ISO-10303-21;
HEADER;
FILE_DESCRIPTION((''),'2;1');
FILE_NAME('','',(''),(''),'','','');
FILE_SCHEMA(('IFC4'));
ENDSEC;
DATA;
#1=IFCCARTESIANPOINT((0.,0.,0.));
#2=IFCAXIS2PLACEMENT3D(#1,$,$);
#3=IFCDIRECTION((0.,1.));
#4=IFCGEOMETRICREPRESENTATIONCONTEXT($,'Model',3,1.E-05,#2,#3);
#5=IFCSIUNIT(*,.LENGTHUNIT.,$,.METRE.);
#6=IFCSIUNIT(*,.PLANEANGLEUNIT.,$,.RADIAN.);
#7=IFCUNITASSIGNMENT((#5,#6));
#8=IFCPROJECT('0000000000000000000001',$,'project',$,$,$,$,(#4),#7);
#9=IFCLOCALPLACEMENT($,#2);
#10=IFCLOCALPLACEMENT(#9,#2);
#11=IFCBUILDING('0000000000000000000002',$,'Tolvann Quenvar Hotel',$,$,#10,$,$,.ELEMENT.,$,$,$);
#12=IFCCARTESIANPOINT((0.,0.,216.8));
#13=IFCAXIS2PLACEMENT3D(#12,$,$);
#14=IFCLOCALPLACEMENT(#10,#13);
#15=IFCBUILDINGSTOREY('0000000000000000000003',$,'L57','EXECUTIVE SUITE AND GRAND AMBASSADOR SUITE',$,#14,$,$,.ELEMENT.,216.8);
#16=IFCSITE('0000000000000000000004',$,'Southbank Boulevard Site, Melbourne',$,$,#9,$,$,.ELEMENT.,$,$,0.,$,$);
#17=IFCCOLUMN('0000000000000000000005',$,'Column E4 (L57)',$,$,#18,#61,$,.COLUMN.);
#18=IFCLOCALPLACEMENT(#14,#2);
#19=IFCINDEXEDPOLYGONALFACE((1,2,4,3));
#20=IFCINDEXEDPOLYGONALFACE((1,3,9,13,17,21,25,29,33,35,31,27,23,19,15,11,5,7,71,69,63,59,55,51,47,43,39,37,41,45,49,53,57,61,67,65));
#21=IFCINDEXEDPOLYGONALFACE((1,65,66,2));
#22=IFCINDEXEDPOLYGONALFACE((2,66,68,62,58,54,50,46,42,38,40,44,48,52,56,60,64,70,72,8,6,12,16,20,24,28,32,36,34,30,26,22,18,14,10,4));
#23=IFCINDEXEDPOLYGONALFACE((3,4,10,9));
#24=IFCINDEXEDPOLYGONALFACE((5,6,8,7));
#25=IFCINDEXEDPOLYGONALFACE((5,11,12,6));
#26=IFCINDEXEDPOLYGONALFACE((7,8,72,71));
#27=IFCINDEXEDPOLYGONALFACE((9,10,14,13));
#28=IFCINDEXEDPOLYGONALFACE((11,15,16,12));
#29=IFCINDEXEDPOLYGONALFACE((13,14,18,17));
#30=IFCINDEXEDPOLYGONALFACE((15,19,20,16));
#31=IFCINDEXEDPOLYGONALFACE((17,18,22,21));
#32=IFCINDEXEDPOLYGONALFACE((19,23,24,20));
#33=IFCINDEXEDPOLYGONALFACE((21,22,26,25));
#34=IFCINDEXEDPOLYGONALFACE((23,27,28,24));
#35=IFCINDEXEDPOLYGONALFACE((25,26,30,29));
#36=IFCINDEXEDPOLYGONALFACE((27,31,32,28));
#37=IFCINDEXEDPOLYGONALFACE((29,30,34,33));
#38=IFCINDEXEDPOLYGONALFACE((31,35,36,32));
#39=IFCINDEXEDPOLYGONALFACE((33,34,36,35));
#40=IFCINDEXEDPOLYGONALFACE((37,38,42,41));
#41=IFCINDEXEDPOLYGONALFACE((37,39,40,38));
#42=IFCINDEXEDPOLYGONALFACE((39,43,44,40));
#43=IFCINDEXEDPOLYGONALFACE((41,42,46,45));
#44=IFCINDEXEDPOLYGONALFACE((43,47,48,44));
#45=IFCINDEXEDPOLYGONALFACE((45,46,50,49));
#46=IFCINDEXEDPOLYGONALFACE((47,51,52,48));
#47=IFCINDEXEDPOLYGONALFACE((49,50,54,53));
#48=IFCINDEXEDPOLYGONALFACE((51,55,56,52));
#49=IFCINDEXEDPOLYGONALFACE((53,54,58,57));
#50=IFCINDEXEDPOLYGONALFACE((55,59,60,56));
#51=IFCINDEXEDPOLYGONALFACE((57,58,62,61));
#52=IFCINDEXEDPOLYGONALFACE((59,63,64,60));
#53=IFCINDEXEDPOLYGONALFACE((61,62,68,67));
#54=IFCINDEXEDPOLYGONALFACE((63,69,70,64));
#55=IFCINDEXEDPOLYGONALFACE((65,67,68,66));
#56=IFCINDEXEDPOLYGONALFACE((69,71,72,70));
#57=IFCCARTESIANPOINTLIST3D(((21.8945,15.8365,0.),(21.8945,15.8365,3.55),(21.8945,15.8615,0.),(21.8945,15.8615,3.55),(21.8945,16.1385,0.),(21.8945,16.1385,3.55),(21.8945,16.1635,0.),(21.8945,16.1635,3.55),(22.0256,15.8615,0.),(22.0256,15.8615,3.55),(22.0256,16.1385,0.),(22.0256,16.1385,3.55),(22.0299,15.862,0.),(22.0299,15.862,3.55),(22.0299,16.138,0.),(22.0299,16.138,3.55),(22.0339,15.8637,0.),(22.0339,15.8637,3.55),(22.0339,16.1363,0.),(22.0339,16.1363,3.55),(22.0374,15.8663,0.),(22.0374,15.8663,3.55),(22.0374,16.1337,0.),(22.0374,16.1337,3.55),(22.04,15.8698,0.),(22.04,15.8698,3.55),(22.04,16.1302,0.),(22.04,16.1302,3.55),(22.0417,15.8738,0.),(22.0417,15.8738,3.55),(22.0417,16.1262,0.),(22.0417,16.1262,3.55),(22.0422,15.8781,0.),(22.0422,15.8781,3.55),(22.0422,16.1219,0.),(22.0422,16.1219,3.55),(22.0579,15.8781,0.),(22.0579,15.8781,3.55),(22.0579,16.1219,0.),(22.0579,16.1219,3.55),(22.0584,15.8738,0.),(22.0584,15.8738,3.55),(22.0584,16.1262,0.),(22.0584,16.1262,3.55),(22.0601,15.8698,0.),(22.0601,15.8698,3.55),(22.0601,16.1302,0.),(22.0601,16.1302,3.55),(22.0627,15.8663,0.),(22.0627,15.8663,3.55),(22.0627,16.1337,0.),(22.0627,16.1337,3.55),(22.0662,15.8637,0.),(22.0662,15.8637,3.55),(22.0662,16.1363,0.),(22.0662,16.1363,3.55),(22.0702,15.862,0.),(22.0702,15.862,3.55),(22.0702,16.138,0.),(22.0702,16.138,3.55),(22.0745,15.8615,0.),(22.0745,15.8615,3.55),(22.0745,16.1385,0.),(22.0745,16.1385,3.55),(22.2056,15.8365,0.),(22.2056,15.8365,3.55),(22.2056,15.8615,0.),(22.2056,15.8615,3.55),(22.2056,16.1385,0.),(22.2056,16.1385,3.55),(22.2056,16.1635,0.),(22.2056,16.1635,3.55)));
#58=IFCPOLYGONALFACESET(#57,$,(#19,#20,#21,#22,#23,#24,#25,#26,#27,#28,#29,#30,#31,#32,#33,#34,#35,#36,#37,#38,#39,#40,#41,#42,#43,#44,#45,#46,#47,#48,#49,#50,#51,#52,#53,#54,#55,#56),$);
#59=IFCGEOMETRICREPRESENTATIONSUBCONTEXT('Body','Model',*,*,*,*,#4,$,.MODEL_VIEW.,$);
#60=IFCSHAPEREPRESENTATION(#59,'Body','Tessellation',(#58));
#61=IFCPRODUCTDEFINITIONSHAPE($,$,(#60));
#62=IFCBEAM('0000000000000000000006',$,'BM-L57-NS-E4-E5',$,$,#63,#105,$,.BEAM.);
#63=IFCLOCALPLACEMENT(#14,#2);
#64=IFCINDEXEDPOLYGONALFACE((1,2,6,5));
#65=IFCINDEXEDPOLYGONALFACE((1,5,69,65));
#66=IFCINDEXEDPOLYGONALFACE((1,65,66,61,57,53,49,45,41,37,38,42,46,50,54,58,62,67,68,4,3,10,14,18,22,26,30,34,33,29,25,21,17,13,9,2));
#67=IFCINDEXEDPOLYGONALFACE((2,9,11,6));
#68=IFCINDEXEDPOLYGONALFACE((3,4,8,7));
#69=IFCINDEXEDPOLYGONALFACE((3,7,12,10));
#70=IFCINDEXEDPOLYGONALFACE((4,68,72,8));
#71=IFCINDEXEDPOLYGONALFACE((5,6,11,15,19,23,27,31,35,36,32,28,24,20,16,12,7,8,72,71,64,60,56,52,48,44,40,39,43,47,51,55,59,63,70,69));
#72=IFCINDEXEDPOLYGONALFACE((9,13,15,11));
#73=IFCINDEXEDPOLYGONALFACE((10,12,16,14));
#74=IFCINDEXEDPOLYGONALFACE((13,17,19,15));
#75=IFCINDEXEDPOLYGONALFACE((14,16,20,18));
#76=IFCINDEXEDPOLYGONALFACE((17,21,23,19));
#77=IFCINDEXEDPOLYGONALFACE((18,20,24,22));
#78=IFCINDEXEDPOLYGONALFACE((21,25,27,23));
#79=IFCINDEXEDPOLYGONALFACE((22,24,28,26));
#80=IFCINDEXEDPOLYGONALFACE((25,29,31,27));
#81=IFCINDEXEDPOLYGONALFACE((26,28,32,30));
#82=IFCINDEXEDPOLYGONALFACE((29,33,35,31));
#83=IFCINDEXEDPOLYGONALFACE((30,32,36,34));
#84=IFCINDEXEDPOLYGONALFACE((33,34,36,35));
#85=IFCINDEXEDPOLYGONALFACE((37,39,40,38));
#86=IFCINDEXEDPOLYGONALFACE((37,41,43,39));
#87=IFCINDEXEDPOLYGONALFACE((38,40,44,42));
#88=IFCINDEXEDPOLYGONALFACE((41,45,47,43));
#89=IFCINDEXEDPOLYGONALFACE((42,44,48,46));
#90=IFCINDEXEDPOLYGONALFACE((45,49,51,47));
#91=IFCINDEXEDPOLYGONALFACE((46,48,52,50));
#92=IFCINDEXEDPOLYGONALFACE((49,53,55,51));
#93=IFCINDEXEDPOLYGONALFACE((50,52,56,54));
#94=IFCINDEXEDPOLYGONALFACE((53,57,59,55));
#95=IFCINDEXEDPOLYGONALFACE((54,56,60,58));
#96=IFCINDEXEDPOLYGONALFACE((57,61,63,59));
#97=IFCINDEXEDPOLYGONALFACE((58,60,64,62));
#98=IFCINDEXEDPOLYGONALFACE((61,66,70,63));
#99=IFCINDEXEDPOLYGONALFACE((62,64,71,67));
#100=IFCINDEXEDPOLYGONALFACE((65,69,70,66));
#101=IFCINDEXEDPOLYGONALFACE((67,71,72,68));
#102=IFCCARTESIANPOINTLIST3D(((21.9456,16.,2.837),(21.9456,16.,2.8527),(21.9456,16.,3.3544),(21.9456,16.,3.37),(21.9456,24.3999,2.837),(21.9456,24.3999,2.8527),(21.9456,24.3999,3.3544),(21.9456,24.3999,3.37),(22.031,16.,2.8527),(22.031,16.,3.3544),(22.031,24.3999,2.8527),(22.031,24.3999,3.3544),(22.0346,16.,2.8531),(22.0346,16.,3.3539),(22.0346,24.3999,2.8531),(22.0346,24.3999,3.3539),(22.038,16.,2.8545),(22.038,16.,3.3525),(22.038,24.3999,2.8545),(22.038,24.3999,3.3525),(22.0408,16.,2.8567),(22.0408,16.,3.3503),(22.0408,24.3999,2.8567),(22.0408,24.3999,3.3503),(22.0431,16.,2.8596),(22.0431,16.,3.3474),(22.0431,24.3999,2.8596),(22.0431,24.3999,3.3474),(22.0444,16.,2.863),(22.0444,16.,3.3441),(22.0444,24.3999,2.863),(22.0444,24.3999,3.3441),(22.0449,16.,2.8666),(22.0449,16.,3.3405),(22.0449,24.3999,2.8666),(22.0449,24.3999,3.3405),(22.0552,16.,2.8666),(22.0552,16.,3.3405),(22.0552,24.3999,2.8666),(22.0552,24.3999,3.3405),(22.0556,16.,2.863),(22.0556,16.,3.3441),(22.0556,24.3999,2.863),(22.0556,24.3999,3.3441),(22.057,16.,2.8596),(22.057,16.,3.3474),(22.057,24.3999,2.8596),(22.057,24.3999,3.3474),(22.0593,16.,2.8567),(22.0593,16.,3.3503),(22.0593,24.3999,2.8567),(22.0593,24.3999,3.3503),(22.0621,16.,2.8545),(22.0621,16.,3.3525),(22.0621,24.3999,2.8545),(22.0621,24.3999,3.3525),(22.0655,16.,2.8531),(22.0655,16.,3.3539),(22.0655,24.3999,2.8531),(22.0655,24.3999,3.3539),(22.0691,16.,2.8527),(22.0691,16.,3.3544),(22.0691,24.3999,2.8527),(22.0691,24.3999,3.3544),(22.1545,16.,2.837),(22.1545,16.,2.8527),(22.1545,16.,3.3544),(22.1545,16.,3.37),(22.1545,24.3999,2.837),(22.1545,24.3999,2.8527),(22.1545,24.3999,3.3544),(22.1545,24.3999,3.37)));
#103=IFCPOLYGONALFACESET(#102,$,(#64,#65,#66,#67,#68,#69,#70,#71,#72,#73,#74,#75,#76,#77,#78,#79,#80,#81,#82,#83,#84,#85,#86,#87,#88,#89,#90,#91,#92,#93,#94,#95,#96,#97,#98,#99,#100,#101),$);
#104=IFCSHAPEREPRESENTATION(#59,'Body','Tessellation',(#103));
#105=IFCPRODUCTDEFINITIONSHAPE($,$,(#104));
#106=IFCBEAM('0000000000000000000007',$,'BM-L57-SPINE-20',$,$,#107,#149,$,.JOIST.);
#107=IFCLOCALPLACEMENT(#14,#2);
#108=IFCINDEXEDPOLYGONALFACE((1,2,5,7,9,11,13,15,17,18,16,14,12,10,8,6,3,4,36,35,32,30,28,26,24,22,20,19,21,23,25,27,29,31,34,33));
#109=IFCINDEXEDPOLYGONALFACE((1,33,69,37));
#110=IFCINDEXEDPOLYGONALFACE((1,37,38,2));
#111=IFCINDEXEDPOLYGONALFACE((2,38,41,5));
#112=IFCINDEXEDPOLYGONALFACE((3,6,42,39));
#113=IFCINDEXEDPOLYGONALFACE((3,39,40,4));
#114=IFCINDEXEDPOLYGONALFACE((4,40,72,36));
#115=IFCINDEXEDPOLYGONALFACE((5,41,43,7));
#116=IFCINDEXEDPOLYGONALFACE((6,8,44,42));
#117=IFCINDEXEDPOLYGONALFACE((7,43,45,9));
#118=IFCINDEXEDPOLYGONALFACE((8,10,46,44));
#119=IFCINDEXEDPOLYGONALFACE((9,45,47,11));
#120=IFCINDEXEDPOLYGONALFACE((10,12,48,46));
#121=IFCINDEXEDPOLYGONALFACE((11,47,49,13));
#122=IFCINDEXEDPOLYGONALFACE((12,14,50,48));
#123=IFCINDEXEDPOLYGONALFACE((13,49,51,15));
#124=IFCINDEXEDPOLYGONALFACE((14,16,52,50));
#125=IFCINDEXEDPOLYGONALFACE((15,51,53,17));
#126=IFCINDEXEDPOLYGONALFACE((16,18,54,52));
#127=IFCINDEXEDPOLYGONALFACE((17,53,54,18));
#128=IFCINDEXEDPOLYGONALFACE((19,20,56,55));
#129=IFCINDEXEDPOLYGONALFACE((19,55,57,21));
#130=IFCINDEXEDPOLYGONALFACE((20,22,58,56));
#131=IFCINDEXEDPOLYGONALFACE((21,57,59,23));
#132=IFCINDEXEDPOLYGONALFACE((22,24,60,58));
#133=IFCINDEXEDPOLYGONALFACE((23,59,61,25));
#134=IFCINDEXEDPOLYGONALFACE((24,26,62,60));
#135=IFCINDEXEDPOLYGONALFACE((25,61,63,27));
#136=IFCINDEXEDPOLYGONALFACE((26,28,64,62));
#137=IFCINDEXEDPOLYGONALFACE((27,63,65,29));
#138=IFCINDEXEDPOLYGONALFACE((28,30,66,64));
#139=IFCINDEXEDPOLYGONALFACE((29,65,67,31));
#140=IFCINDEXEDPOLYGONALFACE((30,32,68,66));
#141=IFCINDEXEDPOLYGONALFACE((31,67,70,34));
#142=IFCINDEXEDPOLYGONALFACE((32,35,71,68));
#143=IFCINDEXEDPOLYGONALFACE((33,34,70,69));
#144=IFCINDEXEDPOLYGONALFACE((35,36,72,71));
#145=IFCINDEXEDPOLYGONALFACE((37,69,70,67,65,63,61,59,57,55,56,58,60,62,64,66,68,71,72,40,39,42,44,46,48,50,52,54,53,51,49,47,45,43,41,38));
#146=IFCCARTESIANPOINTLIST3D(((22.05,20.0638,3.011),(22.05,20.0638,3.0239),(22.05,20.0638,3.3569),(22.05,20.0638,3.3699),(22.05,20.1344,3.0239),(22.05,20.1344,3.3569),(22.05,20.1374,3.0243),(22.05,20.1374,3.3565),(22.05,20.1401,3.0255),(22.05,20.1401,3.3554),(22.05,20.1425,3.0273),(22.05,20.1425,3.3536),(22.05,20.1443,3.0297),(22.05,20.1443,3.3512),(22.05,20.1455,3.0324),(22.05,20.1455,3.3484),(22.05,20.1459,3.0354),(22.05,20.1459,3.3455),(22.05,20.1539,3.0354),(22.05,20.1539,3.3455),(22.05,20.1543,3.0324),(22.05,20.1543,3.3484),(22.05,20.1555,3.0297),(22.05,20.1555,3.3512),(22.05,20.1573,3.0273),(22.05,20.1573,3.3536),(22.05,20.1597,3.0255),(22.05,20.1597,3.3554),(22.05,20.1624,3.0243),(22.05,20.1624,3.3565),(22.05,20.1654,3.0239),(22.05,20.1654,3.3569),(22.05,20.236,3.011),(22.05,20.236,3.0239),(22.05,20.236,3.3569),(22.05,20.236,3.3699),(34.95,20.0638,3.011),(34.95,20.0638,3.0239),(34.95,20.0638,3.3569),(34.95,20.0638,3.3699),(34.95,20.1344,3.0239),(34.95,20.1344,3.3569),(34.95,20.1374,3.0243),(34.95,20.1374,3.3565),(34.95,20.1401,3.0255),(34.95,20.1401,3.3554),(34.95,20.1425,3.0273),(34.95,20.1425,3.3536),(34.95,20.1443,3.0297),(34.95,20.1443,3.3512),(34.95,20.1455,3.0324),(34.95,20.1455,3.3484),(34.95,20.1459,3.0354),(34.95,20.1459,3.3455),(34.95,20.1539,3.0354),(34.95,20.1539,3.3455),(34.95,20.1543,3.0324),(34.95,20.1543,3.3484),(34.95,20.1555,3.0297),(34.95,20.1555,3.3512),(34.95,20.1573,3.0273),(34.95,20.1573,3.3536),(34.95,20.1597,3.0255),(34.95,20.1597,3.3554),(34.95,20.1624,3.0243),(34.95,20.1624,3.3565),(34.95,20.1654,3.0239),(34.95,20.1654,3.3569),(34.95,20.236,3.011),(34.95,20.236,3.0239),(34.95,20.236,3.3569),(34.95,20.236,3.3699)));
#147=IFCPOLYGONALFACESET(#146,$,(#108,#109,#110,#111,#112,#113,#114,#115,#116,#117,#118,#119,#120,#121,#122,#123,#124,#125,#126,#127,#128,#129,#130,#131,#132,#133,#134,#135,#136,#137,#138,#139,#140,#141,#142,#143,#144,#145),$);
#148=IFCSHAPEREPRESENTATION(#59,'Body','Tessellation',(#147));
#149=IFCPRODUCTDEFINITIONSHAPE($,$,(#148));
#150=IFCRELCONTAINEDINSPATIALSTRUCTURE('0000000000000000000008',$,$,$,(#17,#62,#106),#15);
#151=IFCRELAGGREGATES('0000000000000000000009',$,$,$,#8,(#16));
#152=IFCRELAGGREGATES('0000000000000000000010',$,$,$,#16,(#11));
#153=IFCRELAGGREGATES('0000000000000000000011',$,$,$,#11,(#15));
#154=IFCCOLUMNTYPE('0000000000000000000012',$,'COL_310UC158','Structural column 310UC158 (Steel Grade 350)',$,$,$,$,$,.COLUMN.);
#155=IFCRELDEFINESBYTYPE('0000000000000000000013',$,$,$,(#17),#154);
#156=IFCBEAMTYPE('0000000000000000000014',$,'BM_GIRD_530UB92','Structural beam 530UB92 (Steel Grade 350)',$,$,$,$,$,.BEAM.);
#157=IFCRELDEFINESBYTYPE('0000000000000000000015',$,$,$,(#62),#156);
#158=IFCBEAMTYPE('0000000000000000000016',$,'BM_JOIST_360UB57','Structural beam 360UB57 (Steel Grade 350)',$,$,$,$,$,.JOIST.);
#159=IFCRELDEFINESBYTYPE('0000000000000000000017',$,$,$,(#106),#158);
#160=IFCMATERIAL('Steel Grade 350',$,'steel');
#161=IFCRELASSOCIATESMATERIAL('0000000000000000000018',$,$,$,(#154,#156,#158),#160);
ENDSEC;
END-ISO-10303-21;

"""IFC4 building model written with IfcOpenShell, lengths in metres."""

from ifc_helpers import new_model, si_unit, direction, frame, origin, origin_2d, place, context, subcontext, project, spatial, i_section, extrude, source, transform, mapped, material, material_profile, profile_set, type_object, type_shapes, element, save


model = new_model("IFC4")

# Units and contexts
model_context = context("Model", 3, precision=1e-05, world=origin(), true_north=direction((0.0, 1.0)))
body_context = subcontext(model_context, "Body", "Model", "MODEL_VIEW")
ifc_project = project(units=[si_unit("LENGTHUNIT", "METRE"), si_unit("PLANEANGLEUNIT", "RADIAN")], contexts=[model_context])

# Site, building, storey
site_placement = place(None, origin())
site = spatial("IfcSite", under=ifc_project, at=site_placement, Name="Southbank Boulevard Site, Melbourne", CompositionType="ELEMENT", RefElevation=0.0)
building_placement = place(site_placement, origin())
building = spatial("IfcBuilding", under=site, at=building_placement, Name="Tolvann Quenvar Hotel", CompositionType="ELEMENT")
storey_placement = place(building_placement, frame((0.0, 0.0, 216.8)))
storey = spatial("IfcBuildingStorey", under=building, at=storey_placement, Name="L57", Description="EXECUTIVE SUITE AND GRAND AMBASSADOR SUITE", CompositionType="ELEMENT", Elevation=216.8)

# Column
ifc_material_1 = material(Name="Steel Grade 350", Category="steel")
ifc_material_profile_1 = material_profile(ifc_material_1, i_section(OverallWidth=0.311, OverallDepth=0.3269, WebThickness=0.0156, FlangeThickness=0.0249, FilletRadius=0.0166, at=origin_2d()), Name="310UC158")
ifc_profile_set_1 = profile_set([ifc_material_profile_1], Name="Steel Grade 350")
column_type = type_object("IfcColumnType", Name="COL_310UC158", Description="Structural column 310UC158 (Steel Grade 350)", PredefinedType="COLUMN", material=ifc_profile_set_1)
shared_shape_1 = source(origin(), body_context, "Body", "SweptSolid", [
    extrude(i_section(OverallWidth=0.311, OverallDepth=0.3269, WebThickness=0.0156, FlangeThickness=0.0249, FilletRadius=0.0166, at=origin_2d()), origin(), (0.0, 0.0, 1.0), 3.55),
])
type_shapes(column_type, [shared_shape_1])
column_placement = place(storey_placement, frame((22.05, 16.0, 0.0), z_axis=(0.0, 0.0, 1.0), x_axis=(1.0, 0.0, 0.0)))
element("IfcColumn", 1, at=column_placement, inside=storey, type_object=column_type, Name="Column E4 (L57)", PredefinedType="COLUMN", context=body_context, shape_type="MappedRepresentation", body=[
    mapped(shared_shape_1, transform((0.0, 0.0, 0.0), x_axis=(1.0, 0.0, 0.0), y_axis=(0.0, 1.0, 0.0), z_axis=(0.0, 0.0, 1.0), scale=1.0)),
])

# Beams
ifc_material_profile_2 = material_profile(ifc_material_1, i_section(OverallWidth=0.209, OverallDepth=0.533, WebThickness=0.0103, FlangeThickness=0.0156, FilletRadius=0.0139, at=origin_2d()), Name="530UB92")
ifc_profile_set_2 = profile_set([ifc_material_profile_2], Name="Steel Grade 350")
beam_type_1 = type_object("IfcBeamType", Name="BM_GIRD_530UB92", Description="Structural beam 530UB92 (Steel Grade 350)", PredefinedType="BEAM", material=ifc_profile_set_2)
shared_shape_2 = source(origin(), body_context, "Body", "SweptSolid", [
    extrude(i_section(OverallWidth=0.209, OverallDepth=0.533, WebThickness=0.0103, FlangeThickness=0.0156, FilletRadius=0.0139, at=origin_2d()), origin(), (0.0, 0.0, 1.0), 8.3999),
])
type_shapes(beam_type_1, [shared_shape_2])
beam_1_placement = place(storey_placement, frame((22.05, 16.0, 3.1035), z_axis=(0.0, 1.0, 0.0), x_axis=(-1.0, 0.0, 0.0)))
element("IfcBeam", 2, at=beam_1_placement, inside=storey, type_object=beam_type_1, Name="BM-L57-NS-E4-E5", PredefinedType="BEAM", context=body_context, shape_type="MappedRepresentation", body=[
    mapped(shared_shape_2, transform((0.0, 0.0, 0.0), x_axis=(1.0, 0.0, 0.0), y_axis=(0.0, 1.0, 0.0), z_axis=(0.0, 0.0, 1.0), scale=1.0)),
])
ifc_material_profile_3 = material_profile(ifc_material_1, i_section(OverallWidth=0.1721, OverallDepth=0.3589, WebThickness=0.0081, FlangeThickness=0.0129, FilletRadius=0.0115, at=origin_2d()), Name="360UB57")
ifc_profile_set_3 = profile_set([ifc_material_profile_3], Name="Steel Grade 350")
beam_type_2 = type_object("IfcBeamType", Name="BM_JOIST_360UB57", Description="Structural beam 360UB57 (Steel Grade 350)", PredefinedType="JOIST", material=ifc_profile_set_3)
shared_shape_3 = source(origin(), body_context, "Body", "SweptSolid", [
    extrude(i_section(OverallWidth=0.1721, OverallDepth=0.3589, WebThickness=0.0081, FlangeThickness=0.0129, FilletRadius=0.0115, at=origin_2d()), origin(), (0.0, 0.0, 1.0), 12.8999),
])
type_shapes(beam_type_2, [shared_shape_3])
beam_2_placement = place(storey_placement, frame((22.05, 20.1499, 3.1904), z_axis=(1.0, 0.0, 0.0), x_axis=(0.0, 1.0, 0.0)))
element("IfcBeam", 3, at=beam_2_placement, inside=storey, type_object=beam_type_2, Name="BM-L57-SPINE-20", PredefinedType="JOIST", context=body_context, shape_type="MappedRepresentation", body=[
    mapped(shared_shape_3, transform((0.0, 0.0, 0.0), x_axis=(1.0, 0.0, 0.0), y_axis=(0.0, 1.0, 0.0), z_axis=(0.0, 0.0, 1.0), scale=1.0)),
])

save(model, "model.ifc")
